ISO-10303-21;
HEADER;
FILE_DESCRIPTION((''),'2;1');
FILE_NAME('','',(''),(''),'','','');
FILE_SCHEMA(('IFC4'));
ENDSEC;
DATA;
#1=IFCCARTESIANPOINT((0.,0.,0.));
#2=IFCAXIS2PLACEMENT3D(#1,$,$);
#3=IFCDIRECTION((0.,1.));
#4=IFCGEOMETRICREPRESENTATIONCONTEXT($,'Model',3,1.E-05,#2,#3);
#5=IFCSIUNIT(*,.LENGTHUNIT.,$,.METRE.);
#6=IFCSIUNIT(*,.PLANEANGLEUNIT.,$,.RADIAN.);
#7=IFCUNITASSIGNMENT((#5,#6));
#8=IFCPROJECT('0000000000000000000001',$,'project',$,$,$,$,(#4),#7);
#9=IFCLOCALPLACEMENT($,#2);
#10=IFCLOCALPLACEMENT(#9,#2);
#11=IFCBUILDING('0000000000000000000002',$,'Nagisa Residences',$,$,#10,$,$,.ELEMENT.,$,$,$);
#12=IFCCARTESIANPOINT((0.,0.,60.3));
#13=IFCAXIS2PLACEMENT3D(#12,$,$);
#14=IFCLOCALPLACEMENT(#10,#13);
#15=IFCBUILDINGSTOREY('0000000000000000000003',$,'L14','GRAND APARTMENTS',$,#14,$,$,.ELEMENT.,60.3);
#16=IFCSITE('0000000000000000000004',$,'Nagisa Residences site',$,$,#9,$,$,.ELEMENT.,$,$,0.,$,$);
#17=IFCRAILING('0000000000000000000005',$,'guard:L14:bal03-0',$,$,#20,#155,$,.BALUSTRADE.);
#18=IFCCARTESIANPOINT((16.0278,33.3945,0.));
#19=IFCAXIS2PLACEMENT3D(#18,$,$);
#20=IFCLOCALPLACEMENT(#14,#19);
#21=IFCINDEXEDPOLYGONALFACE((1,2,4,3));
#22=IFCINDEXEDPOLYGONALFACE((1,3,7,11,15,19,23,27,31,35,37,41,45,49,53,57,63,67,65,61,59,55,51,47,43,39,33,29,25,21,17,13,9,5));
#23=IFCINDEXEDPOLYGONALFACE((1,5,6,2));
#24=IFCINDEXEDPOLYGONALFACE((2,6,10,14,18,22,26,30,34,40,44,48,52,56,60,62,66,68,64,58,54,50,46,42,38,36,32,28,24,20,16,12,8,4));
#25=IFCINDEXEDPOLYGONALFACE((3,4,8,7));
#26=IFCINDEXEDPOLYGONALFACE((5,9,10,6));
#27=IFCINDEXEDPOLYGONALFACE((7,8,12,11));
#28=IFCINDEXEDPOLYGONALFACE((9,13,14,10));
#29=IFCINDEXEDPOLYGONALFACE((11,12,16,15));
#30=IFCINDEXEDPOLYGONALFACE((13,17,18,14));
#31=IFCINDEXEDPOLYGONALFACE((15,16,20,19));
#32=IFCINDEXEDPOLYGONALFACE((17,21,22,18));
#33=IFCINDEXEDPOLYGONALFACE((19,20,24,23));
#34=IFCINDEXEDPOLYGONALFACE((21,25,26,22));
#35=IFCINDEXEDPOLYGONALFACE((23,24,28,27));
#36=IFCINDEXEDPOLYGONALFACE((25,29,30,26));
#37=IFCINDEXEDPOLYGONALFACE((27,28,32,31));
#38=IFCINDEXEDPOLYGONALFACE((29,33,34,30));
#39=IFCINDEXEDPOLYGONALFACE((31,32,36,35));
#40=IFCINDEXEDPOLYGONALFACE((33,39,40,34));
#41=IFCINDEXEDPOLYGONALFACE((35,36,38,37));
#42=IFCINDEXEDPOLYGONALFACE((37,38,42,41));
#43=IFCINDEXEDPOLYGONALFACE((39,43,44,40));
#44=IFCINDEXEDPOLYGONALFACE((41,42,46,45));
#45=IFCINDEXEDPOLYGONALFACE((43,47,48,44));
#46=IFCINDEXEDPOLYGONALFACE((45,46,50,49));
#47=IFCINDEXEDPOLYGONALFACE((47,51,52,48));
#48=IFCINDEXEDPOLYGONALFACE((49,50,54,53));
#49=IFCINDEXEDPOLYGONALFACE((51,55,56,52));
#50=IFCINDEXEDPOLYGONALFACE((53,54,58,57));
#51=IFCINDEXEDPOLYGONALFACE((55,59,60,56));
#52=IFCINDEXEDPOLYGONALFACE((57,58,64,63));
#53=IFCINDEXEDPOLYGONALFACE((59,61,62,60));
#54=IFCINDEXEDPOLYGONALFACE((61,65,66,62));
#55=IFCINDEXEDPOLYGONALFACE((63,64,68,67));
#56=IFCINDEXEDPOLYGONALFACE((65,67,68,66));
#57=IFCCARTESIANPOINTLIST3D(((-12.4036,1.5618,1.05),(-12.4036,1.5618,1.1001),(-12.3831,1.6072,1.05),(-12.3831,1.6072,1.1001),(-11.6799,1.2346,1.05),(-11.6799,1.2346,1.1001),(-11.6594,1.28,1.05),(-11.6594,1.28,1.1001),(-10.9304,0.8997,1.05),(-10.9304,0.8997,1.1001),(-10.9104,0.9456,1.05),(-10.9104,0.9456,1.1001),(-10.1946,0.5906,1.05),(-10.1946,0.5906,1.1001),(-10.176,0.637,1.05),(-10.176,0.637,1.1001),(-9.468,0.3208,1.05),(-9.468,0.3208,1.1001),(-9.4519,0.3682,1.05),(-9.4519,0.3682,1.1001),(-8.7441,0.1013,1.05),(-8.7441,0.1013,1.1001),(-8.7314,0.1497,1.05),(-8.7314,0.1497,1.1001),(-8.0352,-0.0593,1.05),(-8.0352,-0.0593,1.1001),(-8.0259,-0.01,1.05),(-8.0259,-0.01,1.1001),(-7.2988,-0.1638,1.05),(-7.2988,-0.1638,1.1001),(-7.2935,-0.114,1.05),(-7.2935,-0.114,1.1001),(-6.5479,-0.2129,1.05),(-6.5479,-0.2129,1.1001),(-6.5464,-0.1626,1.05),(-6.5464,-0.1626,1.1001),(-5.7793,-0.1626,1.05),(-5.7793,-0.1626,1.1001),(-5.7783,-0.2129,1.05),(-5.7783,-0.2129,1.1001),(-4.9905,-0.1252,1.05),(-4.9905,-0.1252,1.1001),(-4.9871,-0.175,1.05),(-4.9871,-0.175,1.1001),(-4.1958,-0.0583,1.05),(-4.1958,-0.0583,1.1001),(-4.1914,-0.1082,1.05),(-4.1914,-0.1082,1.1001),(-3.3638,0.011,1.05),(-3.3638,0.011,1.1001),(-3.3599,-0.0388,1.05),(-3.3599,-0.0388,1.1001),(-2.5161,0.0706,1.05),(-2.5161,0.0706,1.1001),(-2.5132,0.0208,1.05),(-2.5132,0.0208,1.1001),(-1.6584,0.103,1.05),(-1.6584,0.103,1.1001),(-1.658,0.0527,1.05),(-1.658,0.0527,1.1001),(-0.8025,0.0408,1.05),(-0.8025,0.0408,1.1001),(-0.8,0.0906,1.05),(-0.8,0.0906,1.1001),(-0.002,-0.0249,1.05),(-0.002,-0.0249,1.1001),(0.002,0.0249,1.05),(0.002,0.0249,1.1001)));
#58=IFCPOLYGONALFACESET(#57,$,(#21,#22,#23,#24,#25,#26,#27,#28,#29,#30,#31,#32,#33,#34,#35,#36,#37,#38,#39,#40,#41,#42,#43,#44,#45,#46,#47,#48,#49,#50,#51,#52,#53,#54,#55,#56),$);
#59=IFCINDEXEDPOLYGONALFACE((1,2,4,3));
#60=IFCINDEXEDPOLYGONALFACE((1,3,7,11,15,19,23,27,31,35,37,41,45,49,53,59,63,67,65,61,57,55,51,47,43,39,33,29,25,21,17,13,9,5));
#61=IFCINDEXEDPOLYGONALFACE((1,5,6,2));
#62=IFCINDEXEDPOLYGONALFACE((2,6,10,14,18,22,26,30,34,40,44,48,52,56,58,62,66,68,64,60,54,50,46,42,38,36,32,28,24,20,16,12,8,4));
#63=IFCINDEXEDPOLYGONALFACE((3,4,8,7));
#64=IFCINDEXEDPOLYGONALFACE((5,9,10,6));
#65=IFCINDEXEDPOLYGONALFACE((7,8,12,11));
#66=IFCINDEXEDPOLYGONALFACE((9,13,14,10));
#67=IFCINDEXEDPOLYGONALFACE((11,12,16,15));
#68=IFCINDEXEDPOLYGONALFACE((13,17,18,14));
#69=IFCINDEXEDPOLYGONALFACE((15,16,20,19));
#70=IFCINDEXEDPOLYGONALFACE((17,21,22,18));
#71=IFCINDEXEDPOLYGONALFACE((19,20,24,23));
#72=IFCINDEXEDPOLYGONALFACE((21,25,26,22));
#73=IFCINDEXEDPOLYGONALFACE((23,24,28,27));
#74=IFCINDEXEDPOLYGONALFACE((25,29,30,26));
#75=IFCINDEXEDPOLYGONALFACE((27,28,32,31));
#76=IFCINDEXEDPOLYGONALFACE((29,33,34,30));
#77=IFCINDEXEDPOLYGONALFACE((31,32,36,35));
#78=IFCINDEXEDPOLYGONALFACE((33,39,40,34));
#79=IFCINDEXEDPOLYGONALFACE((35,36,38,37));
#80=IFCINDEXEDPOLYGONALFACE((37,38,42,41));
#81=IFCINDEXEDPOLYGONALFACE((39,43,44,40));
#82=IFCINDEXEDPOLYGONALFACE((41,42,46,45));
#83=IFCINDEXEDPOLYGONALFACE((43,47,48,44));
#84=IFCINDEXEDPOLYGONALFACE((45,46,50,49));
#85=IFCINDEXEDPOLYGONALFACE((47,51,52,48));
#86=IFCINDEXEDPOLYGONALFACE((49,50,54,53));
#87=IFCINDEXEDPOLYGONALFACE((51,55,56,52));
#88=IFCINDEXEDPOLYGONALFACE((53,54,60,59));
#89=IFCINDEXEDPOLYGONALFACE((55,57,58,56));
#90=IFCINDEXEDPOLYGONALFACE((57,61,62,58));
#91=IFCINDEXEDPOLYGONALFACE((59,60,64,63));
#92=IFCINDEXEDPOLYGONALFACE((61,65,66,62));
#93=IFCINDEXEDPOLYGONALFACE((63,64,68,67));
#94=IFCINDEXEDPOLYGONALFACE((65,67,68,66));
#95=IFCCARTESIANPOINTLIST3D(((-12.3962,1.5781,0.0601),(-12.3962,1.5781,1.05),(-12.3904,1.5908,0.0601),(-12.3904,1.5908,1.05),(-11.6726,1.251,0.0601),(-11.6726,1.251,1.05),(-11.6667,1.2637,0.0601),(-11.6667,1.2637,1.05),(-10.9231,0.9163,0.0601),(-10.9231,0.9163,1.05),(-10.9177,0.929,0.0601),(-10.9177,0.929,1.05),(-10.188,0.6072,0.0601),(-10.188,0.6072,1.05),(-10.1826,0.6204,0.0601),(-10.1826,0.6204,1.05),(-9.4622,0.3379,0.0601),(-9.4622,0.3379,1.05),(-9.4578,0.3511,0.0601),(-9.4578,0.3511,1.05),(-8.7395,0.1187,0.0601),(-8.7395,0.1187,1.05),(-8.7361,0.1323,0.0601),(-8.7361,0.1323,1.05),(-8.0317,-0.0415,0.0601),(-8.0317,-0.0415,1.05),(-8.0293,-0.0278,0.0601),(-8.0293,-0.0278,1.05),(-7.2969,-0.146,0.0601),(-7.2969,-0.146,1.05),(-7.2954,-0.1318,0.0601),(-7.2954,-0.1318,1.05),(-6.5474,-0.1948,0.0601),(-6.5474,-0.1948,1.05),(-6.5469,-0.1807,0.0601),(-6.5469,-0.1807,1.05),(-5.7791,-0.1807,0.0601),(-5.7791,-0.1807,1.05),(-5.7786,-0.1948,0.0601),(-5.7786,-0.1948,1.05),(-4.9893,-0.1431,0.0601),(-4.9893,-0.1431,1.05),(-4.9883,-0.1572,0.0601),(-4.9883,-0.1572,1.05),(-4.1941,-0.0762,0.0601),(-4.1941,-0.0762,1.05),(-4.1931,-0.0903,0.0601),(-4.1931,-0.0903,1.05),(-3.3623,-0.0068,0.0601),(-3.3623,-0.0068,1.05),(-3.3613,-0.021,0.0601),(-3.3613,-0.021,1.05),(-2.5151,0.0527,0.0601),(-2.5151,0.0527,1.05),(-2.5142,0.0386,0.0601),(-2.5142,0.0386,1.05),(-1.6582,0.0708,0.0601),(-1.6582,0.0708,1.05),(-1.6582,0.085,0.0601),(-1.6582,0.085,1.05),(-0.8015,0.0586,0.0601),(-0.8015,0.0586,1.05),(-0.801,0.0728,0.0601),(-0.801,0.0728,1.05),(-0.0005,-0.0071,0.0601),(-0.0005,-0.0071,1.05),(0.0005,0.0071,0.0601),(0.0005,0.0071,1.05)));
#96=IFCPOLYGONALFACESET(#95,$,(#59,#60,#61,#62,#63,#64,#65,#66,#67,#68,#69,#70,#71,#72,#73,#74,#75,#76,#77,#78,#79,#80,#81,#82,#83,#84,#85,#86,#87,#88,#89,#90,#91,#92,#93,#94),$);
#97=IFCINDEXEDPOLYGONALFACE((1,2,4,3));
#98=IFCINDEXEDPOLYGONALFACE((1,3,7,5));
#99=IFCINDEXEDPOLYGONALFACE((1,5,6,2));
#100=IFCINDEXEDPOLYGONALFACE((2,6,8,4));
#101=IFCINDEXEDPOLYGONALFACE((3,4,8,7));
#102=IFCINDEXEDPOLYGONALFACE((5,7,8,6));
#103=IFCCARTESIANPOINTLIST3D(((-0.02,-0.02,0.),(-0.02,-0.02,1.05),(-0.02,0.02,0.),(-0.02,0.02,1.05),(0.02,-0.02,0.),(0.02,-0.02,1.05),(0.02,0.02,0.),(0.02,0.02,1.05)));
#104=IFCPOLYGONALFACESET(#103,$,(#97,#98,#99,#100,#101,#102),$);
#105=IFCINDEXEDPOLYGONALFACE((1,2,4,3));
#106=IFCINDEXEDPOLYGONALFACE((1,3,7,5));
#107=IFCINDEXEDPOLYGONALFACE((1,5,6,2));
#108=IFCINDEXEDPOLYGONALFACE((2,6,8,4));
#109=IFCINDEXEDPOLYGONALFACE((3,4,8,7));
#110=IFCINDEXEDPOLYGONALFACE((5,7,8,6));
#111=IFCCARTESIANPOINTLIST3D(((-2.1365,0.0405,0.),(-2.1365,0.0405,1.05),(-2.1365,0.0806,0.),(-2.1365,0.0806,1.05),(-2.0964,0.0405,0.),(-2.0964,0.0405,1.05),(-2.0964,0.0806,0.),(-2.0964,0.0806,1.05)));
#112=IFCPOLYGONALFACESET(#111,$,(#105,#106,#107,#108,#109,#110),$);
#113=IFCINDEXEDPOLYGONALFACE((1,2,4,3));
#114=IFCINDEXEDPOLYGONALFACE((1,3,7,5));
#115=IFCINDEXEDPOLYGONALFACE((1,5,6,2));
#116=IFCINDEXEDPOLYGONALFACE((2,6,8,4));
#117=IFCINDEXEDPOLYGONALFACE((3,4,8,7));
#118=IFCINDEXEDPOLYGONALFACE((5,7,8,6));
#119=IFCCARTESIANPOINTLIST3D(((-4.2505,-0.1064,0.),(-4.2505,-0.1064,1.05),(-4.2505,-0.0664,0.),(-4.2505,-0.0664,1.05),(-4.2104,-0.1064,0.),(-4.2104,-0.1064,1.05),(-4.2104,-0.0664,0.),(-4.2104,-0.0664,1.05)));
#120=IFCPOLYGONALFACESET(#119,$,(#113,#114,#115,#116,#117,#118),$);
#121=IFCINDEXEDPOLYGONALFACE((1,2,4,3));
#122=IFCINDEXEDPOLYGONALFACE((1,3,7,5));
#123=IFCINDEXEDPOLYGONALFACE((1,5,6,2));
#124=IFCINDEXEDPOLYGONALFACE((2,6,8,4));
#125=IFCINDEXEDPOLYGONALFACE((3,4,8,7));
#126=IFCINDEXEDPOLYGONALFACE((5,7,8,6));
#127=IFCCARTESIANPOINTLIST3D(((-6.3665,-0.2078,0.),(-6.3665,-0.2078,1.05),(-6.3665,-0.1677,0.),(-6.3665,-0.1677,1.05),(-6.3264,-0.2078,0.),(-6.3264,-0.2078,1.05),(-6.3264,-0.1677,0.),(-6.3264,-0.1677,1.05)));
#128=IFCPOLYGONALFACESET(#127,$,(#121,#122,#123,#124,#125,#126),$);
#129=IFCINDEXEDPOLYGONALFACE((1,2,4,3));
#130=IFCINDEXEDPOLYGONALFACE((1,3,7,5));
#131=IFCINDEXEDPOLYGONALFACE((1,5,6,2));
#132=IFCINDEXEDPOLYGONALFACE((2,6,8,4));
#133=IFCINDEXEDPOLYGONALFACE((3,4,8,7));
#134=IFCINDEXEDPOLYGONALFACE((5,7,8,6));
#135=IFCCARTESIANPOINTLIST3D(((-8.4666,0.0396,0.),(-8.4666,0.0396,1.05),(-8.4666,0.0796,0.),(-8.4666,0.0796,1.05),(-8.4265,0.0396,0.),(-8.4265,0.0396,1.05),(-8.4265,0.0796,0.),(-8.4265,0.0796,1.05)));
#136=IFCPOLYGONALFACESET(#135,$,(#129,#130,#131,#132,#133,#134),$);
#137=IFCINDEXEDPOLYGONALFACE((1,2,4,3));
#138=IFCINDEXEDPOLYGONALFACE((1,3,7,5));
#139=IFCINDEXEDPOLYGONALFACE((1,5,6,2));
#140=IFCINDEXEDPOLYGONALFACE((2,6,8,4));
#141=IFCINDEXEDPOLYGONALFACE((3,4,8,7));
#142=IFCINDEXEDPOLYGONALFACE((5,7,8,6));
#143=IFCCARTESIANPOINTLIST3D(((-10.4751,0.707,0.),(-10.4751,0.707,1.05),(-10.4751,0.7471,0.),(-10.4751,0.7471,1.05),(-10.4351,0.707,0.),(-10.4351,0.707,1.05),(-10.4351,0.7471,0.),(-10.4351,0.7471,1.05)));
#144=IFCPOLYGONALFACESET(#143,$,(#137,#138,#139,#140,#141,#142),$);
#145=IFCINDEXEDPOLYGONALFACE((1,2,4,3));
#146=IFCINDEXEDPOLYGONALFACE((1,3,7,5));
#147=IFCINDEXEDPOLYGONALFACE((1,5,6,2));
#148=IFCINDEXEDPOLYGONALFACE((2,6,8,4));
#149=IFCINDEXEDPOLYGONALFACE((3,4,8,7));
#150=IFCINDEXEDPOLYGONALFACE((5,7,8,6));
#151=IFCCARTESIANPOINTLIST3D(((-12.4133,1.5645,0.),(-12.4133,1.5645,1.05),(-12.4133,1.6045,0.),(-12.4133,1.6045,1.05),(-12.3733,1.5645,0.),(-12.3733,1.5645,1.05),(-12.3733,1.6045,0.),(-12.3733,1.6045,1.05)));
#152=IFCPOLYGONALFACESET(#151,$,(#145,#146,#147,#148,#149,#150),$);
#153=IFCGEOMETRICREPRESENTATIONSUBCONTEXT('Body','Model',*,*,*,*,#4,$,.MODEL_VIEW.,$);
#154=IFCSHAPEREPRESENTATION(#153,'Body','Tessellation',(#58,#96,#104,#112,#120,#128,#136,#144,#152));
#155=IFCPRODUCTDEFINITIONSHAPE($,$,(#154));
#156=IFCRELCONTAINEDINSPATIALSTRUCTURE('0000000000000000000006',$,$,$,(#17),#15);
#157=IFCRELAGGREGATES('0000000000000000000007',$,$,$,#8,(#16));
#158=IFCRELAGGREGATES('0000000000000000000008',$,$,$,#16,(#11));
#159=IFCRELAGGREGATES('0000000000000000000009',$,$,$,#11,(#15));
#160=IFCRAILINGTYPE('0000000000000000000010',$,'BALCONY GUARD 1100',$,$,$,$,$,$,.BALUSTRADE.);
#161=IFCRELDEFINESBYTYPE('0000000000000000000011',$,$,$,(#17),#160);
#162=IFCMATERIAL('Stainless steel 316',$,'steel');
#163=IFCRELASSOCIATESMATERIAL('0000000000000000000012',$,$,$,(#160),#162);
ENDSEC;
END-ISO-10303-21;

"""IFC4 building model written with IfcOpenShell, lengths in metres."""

from ifc_helpers import new_model, si_unit, direction, frame, origin, origin_2d, place, context, subcontext, project, spatial, polyline, rectangle, outline, extrude, material, type_object, element, save


model = new_model("IFC4")

# Units and contexts
model_context = context("Model", 3, precision=1e-05, world=origin(), true_north=direction((0.0, 1.0)))
body_context = subcontext(model_context, "Body", "Model", "MODEL_VIEW")
ifc_project = project(units=[si_unit("LENGTHUNIT", "METRE"), si_unit("PLANEANGLEUNIT", "RADIAN")], contexts=[model_context])

# Site, building, storey
site_placement = place(None, origin())
site = spatial("IfcSite", under=ifc_project, at=site_placement, Name="Nagisa Residences site", CompositionType="ELEMENT", RefElevation=0.0)
building_placement = place(site_placement, origin())
building = spatial("IfcBuilding", under=site, at=building_placement, Name="Nagisa Residences", CompositionType="ELEMENT")
storey_placement = place(building_placement, frame((0.0, 0.0, 60.3)))
storey = spatial("IfcBuildingStorey", under=building, at=storey_placement, Name="L14", Description="GRAND APARTMENTS", CompositionType="ELEMENT", Elevation=60.3)

# Railing
ifc_material_1 = material(Name="Stainless steel 316", Category="steel")
railing_type = type_object("IfcRailingType", Name="BALCONY GUARD 1100", PredefinedType="BALUSTRADE", material=ifc_material_1)
railing_1_placement = place(storey_placement, frame((16.0278, 33.3945, 0.0)))
element("IfcRailing", 1, at=railing_1_placement, inside=storey, type_object=railing_type, Name="guard:L14:bal03-0", PredefinedType="BALUSTRADE", context=body_context, shape_type="SweptSolid", body=[
    extrude(outline(polyline([(-0.8025, 0.0408), (-0.002, -0.0249), (0.002, 0.0249), (-0.8, 0.0906), (-1.6584, 0.103), (-2.5161, 0.0706), (-3.3638, 0.011), (-4.1958, -0.0583), (-4.9905, -0.1252), (-5.7793, -0.1626), (-6.5464, -0.1626), (-7.2935, -0.114), (-8.0259, -0.01), (-8.7314, 0.1497), (-9.4519, 0.3682), (-10.176, 0.637), (-10.9104, 0.9456), (-11.6594, 1.28), (-12.3831, 1.6072), (-12.4036, 1.5618), (-11.6799, 1.2346), (-10.9304, 0.8997), (-10.1946, 0.5906), (-9.468, 0.3208), (-8.7441, 0.1013), (-8.0352, -0.0593), (-7.2988, -0.1638), (-6.5479, -0.2129), (-5.7783, -0.2129), (-4.9871, -0.175), (-4.1914, -0.1082), (-3.3599, -0.0388), (-2.5132, 0.0208), (-1.658, 0.0527), (-0.8025, 0.0408)])), frame((0.0, 0.0, 1.05)), (0.0, 0.0, 1.0), 0.05),
    extrude(outline(polyline([(-0.8015, 0.0586), (-0.0005, -0.0071), (0.0005, 0.0071), (-0.801, 0.0728), (-1.6582, 0.085), (-2.5151, 0.0527), (-3.3623, -0.0068), (-4.1941, -0.0762), (-4.9893, -0.1431), (-5.7791, -0.1807), (-6.5469, -0.1807), (-7.2954, -0.1318), (-8.0293, -0.0278), (-8.7361, 0.1323), (-9.4578, 0.3511), (-10.1826, 0.6204), (-10.9177, 0.929), (-11.6667, 1.2637), (-12.3904, 1.5908), (-12.3962, 1.5781), (-11.6726, 1.251), (-10.9231, 0.9163), (-10.188, 0.6072), (-9.4622, 0.3379), (-8.7395, 0.1187), (-8.0317, -0.0415), (-7.2969, -0.146), (-6.5474, -0.1948), (-5.7786, -0.1948), (-4.9883, -0.1572), (-4.1931, -0.0903), (-3.3613, -0.021), (-2.5142, 0.0386), (-1.6582, 0.0708), (-0.8015, 0.0586)])), frame((0.0, 0.0, 0.0601)), (0.0, 0.0, 1.0), 0.99),
    extrude(rectangle(XDim=0.04, YDim=0.04, at=origin_2d()), origin(), (0.0, 0.0, 1.0), 1.05),
    extrude(rectangle(XDim=0.04, YDim=0.04, at=origin_2d()), frame((-2.1165, 0.0605, 0.0)), (0.0, 0.0, 1.0), 1.05),
    extrude(rectangle(XDim=0.04, YDim=0.04, at=origin_2d()), frame((-4.2305, -0.0864, 0.0)), (0.0, 0.0, 1.0), 1.05),
    extrude(rectangle(XDim=0.04, YDim=0.04, at=origin_2d()), frame((-6.3464, -0.1877, 0.0)), (0.0, 0.0, 1.0), 1.05),
    extrude(rectangle(XDim=0.04, YDim=0.04, at=origin_2d()), frame((-8.4465, 0.0596, 0.0)), (0.0, 0.0, 1.0), 1.05),
    extrude(rectangle(XDim=0.04, YDim=0.04, at=origin_2d()), frame((-10.4551, 0.7271, 0.0)), (0.0, 0.0, 1.0), 1.05),
    extrude(rectangle(XDim=0.04, YDim=0.04, at=origin_2d()), frame((-12.3933, 1.5845, 0.0)), (0.0, 0.0, 1.0), 1.05),
])

save(model, "model.ifc")
